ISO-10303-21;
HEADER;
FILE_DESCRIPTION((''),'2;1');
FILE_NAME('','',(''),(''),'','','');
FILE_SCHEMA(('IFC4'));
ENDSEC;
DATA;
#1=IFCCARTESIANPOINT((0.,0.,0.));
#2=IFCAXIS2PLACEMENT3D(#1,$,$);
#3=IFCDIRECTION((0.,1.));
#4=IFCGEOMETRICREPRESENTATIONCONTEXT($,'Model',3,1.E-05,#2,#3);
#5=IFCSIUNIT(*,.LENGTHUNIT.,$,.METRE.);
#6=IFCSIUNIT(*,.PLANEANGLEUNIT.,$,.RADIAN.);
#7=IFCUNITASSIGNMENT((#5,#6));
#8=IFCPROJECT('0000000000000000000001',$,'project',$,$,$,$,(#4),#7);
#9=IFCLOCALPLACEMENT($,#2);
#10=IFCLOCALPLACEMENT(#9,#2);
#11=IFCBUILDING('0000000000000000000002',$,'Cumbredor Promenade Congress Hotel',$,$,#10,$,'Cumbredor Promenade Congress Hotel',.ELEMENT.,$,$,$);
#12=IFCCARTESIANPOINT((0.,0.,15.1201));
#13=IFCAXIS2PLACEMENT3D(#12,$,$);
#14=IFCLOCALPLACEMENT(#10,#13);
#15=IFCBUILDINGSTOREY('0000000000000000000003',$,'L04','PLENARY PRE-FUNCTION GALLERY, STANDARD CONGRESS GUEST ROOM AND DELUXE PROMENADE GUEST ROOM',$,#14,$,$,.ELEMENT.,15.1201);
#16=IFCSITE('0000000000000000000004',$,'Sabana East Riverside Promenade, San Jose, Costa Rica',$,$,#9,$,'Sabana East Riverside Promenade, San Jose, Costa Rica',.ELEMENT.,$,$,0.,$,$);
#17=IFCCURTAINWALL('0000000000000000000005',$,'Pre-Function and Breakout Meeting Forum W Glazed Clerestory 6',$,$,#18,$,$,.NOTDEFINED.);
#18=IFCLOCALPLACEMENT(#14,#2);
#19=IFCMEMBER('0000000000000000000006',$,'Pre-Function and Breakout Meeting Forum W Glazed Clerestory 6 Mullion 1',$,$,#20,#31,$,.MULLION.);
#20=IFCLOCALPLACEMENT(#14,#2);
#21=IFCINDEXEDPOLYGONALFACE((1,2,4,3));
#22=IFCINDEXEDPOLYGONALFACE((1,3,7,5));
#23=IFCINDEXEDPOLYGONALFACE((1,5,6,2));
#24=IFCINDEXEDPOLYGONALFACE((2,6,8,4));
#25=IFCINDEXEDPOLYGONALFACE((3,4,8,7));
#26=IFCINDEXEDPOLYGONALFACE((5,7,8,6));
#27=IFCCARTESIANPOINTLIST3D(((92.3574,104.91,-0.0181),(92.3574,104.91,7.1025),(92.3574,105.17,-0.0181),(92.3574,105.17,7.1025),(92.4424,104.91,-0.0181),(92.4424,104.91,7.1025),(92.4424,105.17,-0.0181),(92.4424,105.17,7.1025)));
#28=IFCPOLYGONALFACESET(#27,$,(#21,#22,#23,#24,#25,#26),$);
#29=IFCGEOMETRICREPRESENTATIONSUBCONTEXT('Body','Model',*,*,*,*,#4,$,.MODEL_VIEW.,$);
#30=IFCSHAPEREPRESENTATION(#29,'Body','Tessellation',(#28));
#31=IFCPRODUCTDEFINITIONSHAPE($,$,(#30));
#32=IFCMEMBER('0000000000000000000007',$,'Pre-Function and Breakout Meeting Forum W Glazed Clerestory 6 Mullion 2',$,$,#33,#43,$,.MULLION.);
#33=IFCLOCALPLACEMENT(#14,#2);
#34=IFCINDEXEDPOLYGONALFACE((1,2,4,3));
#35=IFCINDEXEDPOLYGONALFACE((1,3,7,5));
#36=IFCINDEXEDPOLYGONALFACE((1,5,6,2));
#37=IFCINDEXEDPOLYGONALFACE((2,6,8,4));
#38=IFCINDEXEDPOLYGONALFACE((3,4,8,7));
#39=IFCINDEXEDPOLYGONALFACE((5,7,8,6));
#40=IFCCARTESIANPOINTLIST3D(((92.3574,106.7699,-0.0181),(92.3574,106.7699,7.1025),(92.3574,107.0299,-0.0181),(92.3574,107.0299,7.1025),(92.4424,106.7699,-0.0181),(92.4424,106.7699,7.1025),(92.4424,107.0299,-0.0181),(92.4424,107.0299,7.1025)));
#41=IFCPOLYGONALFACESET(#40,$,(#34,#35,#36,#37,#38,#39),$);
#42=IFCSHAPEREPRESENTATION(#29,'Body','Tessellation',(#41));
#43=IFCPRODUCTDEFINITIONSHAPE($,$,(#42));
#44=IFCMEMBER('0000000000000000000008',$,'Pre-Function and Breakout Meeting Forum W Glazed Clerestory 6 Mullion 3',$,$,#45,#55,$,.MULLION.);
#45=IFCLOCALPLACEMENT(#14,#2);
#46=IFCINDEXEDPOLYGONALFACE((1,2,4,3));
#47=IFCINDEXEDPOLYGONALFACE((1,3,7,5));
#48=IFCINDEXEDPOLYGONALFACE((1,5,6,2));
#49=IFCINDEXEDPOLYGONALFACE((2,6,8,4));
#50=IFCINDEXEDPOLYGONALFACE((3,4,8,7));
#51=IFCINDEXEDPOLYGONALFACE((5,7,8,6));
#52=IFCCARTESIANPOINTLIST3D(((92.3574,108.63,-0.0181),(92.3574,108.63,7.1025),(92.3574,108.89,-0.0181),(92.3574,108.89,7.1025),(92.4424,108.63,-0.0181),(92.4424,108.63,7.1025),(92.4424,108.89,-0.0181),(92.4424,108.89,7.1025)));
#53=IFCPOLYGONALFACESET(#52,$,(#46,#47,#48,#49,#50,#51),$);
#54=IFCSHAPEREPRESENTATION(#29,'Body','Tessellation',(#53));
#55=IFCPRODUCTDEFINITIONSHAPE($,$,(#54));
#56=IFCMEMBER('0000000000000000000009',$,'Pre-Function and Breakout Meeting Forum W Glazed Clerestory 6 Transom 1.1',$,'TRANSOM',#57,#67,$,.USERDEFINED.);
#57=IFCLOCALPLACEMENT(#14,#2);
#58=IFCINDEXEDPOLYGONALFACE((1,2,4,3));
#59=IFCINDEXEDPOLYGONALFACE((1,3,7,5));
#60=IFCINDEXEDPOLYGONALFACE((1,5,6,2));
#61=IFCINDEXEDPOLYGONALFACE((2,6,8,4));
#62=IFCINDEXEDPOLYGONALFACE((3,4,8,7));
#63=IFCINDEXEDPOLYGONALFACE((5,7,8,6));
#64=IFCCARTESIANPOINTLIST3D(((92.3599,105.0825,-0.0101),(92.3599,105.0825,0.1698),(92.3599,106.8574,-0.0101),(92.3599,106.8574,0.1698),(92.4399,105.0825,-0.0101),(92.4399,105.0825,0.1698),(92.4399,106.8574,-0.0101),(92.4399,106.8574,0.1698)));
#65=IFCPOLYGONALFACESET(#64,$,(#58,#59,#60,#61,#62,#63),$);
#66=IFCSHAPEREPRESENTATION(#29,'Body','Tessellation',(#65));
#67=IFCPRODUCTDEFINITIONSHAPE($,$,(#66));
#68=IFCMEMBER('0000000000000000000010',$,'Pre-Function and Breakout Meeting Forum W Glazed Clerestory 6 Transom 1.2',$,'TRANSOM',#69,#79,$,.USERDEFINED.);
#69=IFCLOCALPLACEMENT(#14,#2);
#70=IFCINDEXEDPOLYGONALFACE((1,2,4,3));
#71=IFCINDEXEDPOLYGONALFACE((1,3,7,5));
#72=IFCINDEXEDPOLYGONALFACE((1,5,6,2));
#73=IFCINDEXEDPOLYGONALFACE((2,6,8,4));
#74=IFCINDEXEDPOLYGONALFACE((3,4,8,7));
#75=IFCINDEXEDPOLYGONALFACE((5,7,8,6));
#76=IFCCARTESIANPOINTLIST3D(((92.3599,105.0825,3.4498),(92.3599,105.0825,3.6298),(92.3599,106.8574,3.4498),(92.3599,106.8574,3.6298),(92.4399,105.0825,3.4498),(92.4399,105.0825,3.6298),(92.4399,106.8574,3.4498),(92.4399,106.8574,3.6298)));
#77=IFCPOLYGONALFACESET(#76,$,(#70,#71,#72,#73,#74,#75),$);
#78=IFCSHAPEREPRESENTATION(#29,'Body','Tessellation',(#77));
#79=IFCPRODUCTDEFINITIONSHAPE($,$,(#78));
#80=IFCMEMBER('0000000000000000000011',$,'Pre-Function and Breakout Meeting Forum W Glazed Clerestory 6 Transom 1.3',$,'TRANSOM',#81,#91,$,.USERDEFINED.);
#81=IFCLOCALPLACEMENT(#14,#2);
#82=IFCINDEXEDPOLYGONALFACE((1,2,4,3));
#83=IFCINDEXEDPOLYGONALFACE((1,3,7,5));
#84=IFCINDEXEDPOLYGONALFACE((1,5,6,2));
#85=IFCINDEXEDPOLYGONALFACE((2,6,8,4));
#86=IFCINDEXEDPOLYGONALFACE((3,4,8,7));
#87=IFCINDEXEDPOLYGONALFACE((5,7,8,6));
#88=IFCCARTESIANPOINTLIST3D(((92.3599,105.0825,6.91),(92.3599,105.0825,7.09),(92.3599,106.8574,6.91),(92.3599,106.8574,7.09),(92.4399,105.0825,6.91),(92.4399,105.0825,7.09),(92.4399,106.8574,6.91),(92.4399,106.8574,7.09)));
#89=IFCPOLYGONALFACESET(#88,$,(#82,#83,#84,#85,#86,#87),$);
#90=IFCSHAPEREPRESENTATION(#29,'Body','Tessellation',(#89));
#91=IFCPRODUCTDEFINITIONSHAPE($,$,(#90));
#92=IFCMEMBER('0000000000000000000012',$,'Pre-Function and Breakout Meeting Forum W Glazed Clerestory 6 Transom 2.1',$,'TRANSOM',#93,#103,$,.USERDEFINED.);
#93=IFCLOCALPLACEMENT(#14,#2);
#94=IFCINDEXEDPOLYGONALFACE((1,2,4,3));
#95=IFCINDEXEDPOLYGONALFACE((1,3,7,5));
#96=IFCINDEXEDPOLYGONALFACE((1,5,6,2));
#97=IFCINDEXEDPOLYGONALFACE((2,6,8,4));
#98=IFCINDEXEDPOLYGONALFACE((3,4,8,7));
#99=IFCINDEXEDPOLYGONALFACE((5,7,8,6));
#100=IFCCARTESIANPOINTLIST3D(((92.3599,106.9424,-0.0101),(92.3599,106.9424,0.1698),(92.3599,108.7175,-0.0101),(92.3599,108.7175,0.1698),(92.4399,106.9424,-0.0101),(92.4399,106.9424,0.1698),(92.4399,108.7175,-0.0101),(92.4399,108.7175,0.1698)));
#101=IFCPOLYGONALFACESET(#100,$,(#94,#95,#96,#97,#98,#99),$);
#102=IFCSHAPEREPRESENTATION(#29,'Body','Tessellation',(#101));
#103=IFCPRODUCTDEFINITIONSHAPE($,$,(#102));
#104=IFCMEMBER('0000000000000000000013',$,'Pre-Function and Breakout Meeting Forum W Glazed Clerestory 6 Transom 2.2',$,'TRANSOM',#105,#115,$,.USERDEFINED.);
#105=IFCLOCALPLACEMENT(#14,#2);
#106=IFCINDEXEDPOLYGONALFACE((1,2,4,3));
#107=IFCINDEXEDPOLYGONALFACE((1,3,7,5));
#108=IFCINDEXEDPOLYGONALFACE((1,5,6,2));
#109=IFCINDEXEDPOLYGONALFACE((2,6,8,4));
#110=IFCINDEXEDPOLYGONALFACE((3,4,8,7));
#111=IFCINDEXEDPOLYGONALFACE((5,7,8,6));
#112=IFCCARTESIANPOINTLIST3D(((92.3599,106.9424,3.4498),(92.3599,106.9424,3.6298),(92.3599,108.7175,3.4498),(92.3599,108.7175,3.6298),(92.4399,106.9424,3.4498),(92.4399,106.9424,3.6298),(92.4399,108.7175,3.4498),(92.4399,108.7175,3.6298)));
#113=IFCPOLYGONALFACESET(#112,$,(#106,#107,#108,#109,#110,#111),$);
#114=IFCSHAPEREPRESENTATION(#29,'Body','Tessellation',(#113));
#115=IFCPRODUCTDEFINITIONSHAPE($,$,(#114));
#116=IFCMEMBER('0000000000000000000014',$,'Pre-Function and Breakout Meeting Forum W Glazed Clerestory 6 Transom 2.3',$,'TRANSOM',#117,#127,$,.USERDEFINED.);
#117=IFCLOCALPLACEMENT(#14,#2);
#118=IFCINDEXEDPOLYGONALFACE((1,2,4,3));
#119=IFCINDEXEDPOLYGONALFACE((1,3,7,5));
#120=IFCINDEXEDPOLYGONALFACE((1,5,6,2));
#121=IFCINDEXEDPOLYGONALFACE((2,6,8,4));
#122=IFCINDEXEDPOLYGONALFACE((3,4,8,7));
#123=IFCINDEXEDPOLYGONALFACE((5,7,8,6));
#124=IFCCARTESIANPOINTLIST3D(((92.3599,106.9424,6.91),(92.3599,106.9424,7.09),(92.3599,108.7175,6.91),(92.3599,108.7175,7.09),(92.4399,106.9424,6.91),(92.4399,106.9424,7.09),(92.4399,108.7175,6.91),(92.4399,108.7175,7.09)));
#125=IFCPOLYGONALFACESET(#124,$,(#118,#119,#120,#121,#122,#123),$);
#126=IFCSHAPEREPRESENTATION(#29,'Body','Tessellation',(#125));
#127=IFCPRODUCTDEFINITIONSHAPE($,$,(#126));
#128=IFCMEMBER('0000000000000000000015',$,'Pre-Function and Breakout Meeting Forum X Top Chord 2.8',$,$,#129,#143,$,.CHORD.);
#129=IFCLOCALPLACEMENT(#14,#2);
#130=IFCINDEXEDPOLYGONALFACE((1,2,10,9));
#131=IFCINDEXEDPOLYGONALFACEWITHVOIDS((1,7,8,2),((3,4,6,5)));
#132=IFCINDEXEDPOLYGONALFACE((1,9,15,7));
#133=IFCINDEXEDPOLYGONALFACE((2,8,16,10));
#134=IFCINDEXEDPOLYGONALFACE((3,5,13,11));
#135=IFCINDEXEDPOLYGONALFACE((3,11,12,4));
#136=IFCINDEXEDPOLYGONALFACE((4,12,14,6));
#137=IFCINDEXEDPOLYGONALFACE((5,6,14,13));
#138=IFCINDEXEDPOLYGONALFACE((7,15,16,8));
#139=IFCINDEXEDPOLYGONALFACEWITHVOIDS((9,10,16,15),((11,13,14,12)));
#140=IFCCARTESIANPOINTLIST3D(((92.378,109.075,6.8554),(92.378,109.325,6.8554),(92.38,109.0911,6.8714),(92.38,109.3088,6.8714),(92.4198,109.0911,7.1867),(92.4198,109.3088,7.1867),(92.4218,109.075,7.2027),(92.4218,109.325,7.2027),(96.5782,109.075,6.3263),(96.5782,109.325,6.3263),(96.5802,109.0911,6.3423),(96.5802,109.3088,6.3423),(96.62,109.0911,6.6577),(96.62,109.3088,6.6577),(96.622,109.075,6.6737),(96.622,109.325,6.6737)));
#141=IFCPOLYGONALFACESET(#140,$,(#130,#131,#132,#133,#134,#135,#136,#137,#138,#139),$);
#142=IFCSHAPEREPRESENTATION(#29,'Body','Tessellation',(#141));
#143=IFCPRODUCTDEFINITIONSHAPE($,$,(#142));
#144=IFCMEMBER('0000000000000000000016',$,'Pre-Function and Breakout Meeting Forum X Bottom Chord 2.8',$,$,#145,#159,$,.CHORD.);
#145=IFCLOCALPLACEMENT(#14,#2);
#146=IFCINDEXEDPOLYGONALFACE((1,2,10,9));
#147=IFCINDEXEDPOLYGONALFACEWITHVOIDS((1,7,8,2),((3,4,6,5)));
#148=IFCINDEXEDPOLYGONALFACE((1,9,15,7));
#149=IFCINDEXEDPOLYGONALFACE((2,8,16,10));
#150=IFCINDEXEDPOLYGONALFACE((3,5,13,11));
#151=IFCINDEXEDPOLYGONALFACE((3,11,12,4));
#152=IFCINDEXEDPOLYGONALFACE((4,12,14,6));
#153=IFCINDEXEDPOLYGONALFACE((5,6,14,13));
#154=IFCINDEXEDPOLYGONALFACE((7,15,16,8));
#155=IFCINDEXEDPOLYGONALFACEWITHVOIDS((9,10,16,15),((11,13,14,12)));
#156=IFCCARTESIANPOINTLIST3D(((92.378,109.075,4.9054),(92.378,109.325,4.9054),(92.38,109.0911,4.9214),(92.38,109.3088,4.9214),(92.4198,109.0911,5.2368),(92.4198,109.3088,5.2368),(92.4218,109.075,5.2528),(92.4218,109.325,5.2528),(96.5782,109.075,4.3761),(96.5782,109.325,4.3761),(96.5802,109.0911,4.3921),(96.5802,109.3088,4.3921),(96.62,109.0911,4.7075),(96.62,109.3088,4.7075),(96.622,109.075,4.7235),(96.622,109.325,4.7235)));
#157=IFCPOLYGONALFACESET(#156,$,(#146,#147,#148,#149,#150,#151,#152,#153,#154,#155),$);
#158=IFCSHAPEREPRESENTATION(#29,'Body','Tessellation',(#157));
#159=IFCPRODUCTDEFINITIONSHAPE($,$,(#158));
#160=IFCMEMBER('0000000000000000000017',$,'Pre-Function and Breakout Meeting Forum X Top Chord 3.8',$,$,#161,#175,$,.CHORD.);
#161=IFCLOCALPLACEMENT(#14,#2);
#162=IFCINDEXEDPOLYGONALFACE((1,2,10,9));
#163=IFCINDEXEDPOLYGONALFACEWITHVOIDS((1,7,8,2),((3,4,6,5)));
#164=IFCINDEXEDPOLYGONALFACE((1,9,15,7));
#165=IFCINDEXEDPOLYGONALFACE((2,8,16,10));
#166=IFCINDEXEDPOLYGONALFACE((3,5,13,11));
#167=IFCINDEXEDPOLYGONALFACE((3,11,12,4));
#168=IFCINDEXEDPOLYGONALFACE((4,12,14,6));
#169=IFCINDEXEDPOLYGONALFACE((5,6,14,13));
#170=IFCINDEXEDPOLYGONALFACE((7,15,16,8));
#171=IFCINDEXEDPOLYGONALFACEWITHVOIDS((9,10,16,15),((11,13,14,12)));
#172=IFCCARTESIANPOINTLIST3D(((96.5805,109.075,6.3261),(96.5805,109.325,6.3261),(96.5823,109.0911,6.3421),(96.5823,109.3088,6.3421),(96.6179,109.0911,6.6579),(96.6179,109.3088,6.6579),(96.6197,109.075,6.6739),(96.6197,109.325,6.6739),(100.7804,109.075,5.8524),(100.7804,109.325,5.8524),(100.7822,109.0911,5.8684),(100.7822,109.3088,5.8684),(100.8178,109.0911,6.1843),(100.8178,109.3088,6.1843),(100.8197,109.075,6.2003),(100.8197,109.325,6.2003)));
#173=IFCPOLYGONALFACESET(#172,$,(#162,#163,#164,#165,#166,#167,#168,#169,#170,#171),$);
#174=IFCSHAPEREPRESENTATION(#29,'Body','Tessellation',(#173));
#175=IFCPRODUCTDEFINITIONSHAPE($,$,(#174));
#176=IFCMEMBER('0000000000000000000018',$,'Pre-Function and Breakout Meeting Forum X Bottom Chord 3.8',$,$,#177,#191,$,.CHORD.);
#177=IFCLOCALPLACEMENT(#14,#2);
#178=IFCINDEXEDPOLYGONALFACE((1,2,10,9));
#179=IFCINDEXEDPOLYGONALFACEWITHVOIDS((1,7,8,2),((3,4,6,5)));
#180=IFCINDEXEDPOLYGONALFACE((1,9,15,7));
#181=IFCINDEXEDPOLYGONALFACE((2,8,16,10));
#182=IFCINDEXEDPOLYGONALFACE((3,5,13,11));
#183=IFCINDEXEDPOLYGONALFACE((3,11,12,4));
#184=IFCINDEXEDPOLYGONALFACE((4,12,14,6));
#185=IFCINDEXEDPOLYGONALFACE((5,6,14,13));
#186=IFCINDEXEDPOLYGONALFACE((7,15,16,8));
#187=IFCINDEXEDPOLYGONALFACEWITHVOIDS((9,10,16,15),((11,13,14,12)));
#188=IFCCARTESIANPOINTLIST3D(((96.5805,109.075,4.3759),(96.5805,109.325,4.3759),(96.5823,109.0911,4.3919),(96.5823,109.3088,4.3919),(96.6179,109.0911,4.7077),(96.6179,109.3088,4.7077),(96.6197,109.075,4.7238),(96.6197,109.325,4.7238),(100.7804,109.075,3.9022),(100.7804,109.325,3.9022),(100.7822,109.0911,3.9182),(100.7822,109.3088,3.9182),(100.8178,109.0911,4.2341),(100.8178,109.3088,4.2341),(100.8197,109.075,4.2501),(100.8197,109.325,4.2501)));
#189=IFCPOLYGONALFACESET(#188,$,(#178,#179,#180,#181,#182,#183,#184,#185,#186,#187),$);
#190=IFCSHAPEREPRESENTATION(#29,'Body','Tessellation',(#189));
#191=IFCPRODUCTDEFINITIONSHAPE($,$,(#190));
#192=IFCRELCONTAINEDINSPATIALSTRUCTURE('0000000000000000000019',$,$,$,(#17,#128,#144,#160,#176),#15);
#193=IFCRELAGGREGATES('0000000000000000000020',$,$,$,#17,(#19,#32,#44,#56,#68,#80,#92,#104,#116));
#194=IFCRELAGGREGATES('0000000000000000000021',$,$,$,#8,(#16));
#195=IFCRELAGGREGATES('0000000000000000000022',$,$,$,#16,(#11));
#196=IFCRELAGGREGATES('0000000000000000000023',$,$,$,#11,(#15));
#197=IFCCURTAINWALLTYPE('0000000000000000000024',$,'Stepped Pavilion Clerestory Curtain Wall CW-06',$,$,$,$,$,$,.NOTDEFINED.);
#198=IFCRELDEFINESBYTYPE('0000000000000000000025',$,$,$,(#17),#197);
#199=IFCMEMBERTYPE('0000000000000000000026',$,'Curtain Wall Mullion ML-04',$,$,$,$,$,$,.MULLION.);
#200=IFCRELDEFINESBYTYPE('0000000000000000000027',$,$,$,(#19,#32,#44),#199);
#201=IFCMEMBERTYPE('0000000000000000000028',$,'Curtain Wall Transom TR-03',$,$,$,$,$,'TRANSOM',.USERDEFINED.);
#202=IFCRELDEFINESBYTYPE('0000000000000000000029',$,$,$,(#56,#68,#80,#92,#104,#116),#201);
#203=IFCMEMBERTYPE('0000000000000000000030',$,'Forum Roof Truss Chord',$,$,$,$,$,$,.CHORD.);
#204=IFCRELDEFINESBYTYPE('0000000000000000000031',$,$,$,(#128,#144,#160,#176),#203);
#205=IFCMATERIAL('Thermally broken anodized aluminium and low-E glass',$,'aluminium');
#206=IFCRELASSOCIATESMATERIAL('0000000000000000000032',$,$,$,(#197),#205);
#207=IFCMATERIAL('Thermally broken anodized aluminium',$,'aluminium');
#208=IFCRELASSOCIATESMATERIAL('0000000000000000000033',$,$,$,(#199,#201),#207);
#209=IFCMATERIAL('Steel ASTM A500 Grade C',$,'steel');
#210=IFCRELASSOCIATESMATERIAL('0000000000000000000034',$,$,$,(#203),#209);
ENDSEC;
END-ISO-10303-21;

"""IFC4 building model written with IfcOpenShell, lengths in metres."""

from ifc_helpers import new_model, si_unit, direction, frame, origin, origin_2d, place, context, subcontext, project, spatial, rectangle, hollow_rectangle, extrude, material, material_profile, profile_set, type_object, element, aggregate, save


model = new_model("IFC4")

# Units and contexts
model_context = context("Model", 3, precision=1e-05, world=origin(), true_north=direction((0.0, 1.0)))
body_context = subcontext(model_context, "Body", "Model", "MODEL_VIEW")
ifc_project = project(units=[si_unit("LENGTHUNIT", "METRE"), si_unit("PLANEANGLEUNIT", "RADIAN")], contexts=[model_context])

# Site, building, storey
site_placement = place(None, origin())
site = spatial("IfcSite", under=ifc_project, at=site_placement, Name="Sabana East Riverside Promenade, San Jose, Costa Rica", LongName="Sabana East Riverside Promenade, San Jose, Costa Rica", CompositionType="ELEMENT", RefElevation=0.0)
building_placement = place(site_placement, origin())
building = spatial("IfcBuilding", under=site, at=building_placement, Name="Cumbredor Promenade Congress Hotel", LongName="Cumbredor Promenade Congress Hotel", CompositionType="ELEMENT")
storey_placement = place(building_placement, frame((0.0, 0.0, 15.1201)))
storey = spatial("IfcBuildingStorey", under=building, at=storey_placement, Name="L04", Description="PLENARY PRE-FUNCTION GALLERY, STANDARD CONGRESS GUEST ROOM AND DELUXE PROMENADE GUEST ROOM", CompositionType="ELEMENT", Elevation=15.1201)

# Curtain wall, members
ifc_material_1 = material(Name="Thermally broken anodized aluminium and low-E glass", Category="aluminium")
curtain_wall_type = type_object("IfcCurtainWallType", Name="Stepped Pavilion Clerestory Curtain Wall CW-06", PredefinedType="NOTDEFINED", material=ifc_material_1)
curtain_wall_placement = place(storey_placement, origin())
curtain_wall = element("IfcCurtainWall", 1, at=curtain_wall_placement, inside=storey, type_object=curtain_wall_type, Name="Pre-Function and Breakout Meeting Forum W Glazed Clerestory 6", PredefinedType="NOTDEFINED")
ifc_material_2 = material(Name="Thermally broken anodized aluminium", Category="aluminium")
ifc_material_profile_1 = material_profile(ifc_material_2, rectangle(XDim=0.085, YDim=0.26, at=origin_2d()), Name="ALU MULLION CLERESTORY 85x260")
ifc_profile_set_1 = profile_set([ifc_material_profile_1], Name="Thermally broken anodized aluminium")
member_type_1 = type_object("IfcMemberType", Name="Curtain Wall Mullion ML-04", PredefinedType="MULLION", material=ifc_profile_set_1)
member_1_placement = place(storey_placement, frame((92.3999, 105.04, -0.0181), z_axis=(0.0, 0.0, 1.0), x_axis=(1.0, 0.0, 0.0)))
member_1 = element("IfcMember", 2, at=member_1_placement, type_object=member_type_1, Name="Pre-Function and Breakout Meeting Forum W Glazed Clerestory 6 Mullion 1", PredefinedType="MULLION", context=body_context, shape_type="SweptSolid", body=[
    extrude(rectangle(XDim=0.085, YDim=0.26, at=origin_2d()), origin(), (0.0, 0.0, 1.0), 7.1206),
])
member_2_placement = place(storey_placement, frame((92.3999, 106.8999, -0.0181), z_axis=(0.0, 0.0, 1.0), x_axis=(1.0, 0.0, 0.0)))
member_2 = element("IfcMember", 3, at=member_2_placement, type_object=member_type_1, Name="Pre-Function and Breakout Meeting Forum W Glazed Clerestory 6 Mullion 2", PredefinedType="MULLION", context=body_context, shape_type="SweptSolid", body=[
    extrude(rectangle(XDim=0.085, YDim=0.26, at=origin_2d()), origin(), (0.0, 0.0, 1.0), 7.1206),
])
member_3_placement = place(storey_placement, frame((92.3999, 108.76, -0.0181), z_axis=(0.0, 0.0, 1.0), x_axis=(1.0, 0.0, 0.0)))
member_3 = element("IfcMember", 4, at=member_3_placement, type_object=member_type_1, Name="Pre-Function and Breakout Meeting Forum W Glazed Clerestory 6 Mullion 3", PredefinedType="MULLION", context=body_context, shape_type="SweptSolid", body=[
    extrude(rectangle(XDim=0.085, YDim=0.26, at=origin_2d()), origin(), (0.0, 0.0, 1.0), 7.1206),
])
ifc_material_profile_2 = material_profile(ifc_material_2, rectangle(XDim=0.0801, YDim=0.1799, at=origin_2d()), Name="ALU TRANSOM 80x180")
ifc_profile_set_2 = profile_set([ifc_material_profile_2], Name="Thermally broken anodized aluminium")
member_type_2 = type_object("IfcMemberType", Name="Curtain Wall Transom TR-03", ElementType="TRANSOM", PredefinedType="USERDEFINED", material=ifc_profile_set_2)
member_4_placement = place(storey_placement, frame((92.3999, 105.0825, 0.0798), z_axis=(0.0, 1.0, 0.0), x_axis=(-1.0, 0.0, 0.0)))
member_4 = element("IfcMember", 5, at=member_4_placement, type_object=member_type_2, Name="Pre-Function and Breakout Meeting Forum W Glazed Clerestory 6 Transom 1.1", ObjectType="TRANSOM", PredefinedType="USERDEFINED", context=body_context, shape_type="SweptSolid", body=[
    extrude(rectangle(XDim=0.0801, YDim=0.1799, at=origin_2d()), origin(), (0.0, 0.0, 1.0), 1.7749),
])
member_5_placement = place(storey_placement, frame((92.3999, 105.0825, 3.5398), z_axis=(0.0, 1.0, 0.0), x_axis=(-1.0, 0.0, 0.0)))
member_5 = element("IfcMember", 6, at=member_5_placement, type_object=member_type_2, Name="Pre-Function and Breakout Meeting Forum W Glazed Clerestory 6 Transom 1.2", ObjectType="TRANSOM", PredefinedType="USERDEFINED", context=body_context, shape_type="SweptSolid", body=[
    extrude(rectangle(XDim=0.0801, YDim=0.1799, at=origin_2d()), origin(), (0.0, 0.0, 1.0), 1.7749),
])
member_6_placement = place(storey_placement, frame((92.3999, 105.0825, 7.0), z_axis=(0.0, 1.0, 0.0), x_axis=(-1.0, 0.0, 0.0)))
member_6 = element("IfcMember", 7, at=member_6_placement, type_object=member_type_2, Name="Pre-Function and Breakout Meeting Forum W Glazed Clerestory 6 Transom 1.3", ObjectType="TRANSOM", PredefinedType="USERDEFINED", context=body_context, shape_type="SweptSolid", body=[
    extrude(rectangle(XDim=0.0801, YDim=0.1799, at=origin_2d()), origin(), (0.0, 0.0, 1.0), 1.7749),
])
member_7_placement = place(storey_placement, frame((92.3999, 106.9424, 0.0798), z_axis=(0.0, 1.0, 0.0), x_axis=(-1.0, 0.0, 0.0)))
member_7 = element("IfcMember", 8, at=member_7_placement, type_object=member_type_2, Name="Pre-Function and Breakout Meeting Forum W Glazed Clerestory 6 Transom 2.1", ObjectType="TRANSOM", PredefinedType="USERDEFINED", context=body_context, shape_type="SweptSolid", body=[
    extrude(rectangle(XDim=0.0801, YDim=0.1799, at=origin_2d()), origin(), (0.0, 0.0, 1.0), 1.7751),
])
member_8_placement = place(storey_placement, frame((92.3999, 106.9424, 3.5398), z_axis=(0.0, 1.0, 0.0), x_axis=(-1.0, 0.0, 0.0)))
member_8 = element("IfcMember", 9, at=member_8_placement, type_object=member_type_2, Name="Pre-Function and Breakout Meeting Forum W Glazed Clerestory 6 Transom 2.2", ObjectType="TRANSOM", PredefinedType="USERDEFINED", context=body_context, shape_type="SweptSolid", body=[
    extrude(rectangle(XDim=0.0801, YDim=0.1799, at=origin_2d()), origin(), (0.0, 0.0, 1.0), 1.7751),
])
member_9_placement = place(storey_placement, frame((92.3999, 106.9424, 7.0), z_axis=(0.0, 1.0, 0.0), x_axis=(-1.0, 0.0, 0.0)))
member_9 = element("IfcMember", 10, at=member_9_placement, type_object=member_type_2, Name="Pre-Function and Breakout Meeting Forum W Glazed Clerestory 6 Transom 2.3", ObjectType="TRANSOM", PredefinedType="USERDEFINED", context=body_context, shape_type="SweptSolid", body=[
    extrude(rectangle(XDim=0.0801, YDim=0.1799, at=origin_2d()), origin(), (0.0, 0.0, 1.0), 1.7751),
])

# Members
ifc_material_3 = material(Name="Steel ASTM A500 Grade C", Category="steel")
ifc_material_profile_3 = material_profile(ifc_material_3, hollow_rectangle(XDim=0.25, YDim=0.3501, WallThickness=0.0161, at=origin_2d()), Name="HSS 350x250x16")
ifc_profile_set_3 = profile_set([ifc_material_profile_3], Name="Steel ASTM A500 Grade C")
member_type_3 = type_object("IfcMemberType", Name="Forum Roof Truss Chord", PredefinedType="CHORD", material=ifc_profile_set_3)
for number, where, z_axis, x_axis, name in (
    (11, (92.3999, 109.2, 7.0291), (0.99216, 0.0, -0.124972), (0.0, 1.0, 0.0), "Pre-Function and Breakout Meeting Forum X Top Chord 2.8"),
    (12, (92.3999, 109.2, 5.0791), (0.992153, 0.0, -0.125028), (0.0, 1.0, 0.0), "Pre-Function and Breakout Meeting Forum X Bottom Chord 2.8"),
):
    element("IfcMember", number, at=place(storey_placement, frame(where, z_axis=z_axis, x_axis=x_axis)), inside=storey, type_object=member_type_3, Name=name, PredefinedType="CHORD", context=body_context, shape_type="SweptSolid", body=[
        extrude(hollow_rectangle(XDim=0.25, YDim=0.3501, WallThickness=0.0161, at=origin_2d()), origin(), (0.0, 0.0, 1.0), 4.2334),
    ])
for number, where, z_axis, x_axis, name in (
    (13, (96.6001, 109.2, 6.5), (0.993701, 0.0, -0.112061), (0.0, 1.0, 0.0), "Pre-Function and Breakout Meeting Forum X Top Chord 3.8"),
    (14, (96.6001, 109.2, 4.5498), (0.993701, 0.0, -0.112061), (0.0, 1.0, 0.0), "Pre-Function and Breakout Meeting Forum X Bottom Chord 3.8"),
):
    element("IfcMember", number, at=place(storey_placement, frame(where, z_axis=z_axis, x_axis=x_axis)), inside=storey, type_object=member_type_3, Name=name, PredefinedType="CHORD", context=body_context, shape_type="SweptSolid", body=[
        extrude(hollow_rectangle(XDim=0.25, YDim=0.3501, WallThickness=0.0161, at=origin_2d()), origin(), (0.0, 0.0, 1.0), 4.2266),
    ])

aggregate(curtain_wall, [member_1, member_2, member_3, member_4, member_5, member_6, member_7, member_8, member_9])

save(model, "model.ifc")
